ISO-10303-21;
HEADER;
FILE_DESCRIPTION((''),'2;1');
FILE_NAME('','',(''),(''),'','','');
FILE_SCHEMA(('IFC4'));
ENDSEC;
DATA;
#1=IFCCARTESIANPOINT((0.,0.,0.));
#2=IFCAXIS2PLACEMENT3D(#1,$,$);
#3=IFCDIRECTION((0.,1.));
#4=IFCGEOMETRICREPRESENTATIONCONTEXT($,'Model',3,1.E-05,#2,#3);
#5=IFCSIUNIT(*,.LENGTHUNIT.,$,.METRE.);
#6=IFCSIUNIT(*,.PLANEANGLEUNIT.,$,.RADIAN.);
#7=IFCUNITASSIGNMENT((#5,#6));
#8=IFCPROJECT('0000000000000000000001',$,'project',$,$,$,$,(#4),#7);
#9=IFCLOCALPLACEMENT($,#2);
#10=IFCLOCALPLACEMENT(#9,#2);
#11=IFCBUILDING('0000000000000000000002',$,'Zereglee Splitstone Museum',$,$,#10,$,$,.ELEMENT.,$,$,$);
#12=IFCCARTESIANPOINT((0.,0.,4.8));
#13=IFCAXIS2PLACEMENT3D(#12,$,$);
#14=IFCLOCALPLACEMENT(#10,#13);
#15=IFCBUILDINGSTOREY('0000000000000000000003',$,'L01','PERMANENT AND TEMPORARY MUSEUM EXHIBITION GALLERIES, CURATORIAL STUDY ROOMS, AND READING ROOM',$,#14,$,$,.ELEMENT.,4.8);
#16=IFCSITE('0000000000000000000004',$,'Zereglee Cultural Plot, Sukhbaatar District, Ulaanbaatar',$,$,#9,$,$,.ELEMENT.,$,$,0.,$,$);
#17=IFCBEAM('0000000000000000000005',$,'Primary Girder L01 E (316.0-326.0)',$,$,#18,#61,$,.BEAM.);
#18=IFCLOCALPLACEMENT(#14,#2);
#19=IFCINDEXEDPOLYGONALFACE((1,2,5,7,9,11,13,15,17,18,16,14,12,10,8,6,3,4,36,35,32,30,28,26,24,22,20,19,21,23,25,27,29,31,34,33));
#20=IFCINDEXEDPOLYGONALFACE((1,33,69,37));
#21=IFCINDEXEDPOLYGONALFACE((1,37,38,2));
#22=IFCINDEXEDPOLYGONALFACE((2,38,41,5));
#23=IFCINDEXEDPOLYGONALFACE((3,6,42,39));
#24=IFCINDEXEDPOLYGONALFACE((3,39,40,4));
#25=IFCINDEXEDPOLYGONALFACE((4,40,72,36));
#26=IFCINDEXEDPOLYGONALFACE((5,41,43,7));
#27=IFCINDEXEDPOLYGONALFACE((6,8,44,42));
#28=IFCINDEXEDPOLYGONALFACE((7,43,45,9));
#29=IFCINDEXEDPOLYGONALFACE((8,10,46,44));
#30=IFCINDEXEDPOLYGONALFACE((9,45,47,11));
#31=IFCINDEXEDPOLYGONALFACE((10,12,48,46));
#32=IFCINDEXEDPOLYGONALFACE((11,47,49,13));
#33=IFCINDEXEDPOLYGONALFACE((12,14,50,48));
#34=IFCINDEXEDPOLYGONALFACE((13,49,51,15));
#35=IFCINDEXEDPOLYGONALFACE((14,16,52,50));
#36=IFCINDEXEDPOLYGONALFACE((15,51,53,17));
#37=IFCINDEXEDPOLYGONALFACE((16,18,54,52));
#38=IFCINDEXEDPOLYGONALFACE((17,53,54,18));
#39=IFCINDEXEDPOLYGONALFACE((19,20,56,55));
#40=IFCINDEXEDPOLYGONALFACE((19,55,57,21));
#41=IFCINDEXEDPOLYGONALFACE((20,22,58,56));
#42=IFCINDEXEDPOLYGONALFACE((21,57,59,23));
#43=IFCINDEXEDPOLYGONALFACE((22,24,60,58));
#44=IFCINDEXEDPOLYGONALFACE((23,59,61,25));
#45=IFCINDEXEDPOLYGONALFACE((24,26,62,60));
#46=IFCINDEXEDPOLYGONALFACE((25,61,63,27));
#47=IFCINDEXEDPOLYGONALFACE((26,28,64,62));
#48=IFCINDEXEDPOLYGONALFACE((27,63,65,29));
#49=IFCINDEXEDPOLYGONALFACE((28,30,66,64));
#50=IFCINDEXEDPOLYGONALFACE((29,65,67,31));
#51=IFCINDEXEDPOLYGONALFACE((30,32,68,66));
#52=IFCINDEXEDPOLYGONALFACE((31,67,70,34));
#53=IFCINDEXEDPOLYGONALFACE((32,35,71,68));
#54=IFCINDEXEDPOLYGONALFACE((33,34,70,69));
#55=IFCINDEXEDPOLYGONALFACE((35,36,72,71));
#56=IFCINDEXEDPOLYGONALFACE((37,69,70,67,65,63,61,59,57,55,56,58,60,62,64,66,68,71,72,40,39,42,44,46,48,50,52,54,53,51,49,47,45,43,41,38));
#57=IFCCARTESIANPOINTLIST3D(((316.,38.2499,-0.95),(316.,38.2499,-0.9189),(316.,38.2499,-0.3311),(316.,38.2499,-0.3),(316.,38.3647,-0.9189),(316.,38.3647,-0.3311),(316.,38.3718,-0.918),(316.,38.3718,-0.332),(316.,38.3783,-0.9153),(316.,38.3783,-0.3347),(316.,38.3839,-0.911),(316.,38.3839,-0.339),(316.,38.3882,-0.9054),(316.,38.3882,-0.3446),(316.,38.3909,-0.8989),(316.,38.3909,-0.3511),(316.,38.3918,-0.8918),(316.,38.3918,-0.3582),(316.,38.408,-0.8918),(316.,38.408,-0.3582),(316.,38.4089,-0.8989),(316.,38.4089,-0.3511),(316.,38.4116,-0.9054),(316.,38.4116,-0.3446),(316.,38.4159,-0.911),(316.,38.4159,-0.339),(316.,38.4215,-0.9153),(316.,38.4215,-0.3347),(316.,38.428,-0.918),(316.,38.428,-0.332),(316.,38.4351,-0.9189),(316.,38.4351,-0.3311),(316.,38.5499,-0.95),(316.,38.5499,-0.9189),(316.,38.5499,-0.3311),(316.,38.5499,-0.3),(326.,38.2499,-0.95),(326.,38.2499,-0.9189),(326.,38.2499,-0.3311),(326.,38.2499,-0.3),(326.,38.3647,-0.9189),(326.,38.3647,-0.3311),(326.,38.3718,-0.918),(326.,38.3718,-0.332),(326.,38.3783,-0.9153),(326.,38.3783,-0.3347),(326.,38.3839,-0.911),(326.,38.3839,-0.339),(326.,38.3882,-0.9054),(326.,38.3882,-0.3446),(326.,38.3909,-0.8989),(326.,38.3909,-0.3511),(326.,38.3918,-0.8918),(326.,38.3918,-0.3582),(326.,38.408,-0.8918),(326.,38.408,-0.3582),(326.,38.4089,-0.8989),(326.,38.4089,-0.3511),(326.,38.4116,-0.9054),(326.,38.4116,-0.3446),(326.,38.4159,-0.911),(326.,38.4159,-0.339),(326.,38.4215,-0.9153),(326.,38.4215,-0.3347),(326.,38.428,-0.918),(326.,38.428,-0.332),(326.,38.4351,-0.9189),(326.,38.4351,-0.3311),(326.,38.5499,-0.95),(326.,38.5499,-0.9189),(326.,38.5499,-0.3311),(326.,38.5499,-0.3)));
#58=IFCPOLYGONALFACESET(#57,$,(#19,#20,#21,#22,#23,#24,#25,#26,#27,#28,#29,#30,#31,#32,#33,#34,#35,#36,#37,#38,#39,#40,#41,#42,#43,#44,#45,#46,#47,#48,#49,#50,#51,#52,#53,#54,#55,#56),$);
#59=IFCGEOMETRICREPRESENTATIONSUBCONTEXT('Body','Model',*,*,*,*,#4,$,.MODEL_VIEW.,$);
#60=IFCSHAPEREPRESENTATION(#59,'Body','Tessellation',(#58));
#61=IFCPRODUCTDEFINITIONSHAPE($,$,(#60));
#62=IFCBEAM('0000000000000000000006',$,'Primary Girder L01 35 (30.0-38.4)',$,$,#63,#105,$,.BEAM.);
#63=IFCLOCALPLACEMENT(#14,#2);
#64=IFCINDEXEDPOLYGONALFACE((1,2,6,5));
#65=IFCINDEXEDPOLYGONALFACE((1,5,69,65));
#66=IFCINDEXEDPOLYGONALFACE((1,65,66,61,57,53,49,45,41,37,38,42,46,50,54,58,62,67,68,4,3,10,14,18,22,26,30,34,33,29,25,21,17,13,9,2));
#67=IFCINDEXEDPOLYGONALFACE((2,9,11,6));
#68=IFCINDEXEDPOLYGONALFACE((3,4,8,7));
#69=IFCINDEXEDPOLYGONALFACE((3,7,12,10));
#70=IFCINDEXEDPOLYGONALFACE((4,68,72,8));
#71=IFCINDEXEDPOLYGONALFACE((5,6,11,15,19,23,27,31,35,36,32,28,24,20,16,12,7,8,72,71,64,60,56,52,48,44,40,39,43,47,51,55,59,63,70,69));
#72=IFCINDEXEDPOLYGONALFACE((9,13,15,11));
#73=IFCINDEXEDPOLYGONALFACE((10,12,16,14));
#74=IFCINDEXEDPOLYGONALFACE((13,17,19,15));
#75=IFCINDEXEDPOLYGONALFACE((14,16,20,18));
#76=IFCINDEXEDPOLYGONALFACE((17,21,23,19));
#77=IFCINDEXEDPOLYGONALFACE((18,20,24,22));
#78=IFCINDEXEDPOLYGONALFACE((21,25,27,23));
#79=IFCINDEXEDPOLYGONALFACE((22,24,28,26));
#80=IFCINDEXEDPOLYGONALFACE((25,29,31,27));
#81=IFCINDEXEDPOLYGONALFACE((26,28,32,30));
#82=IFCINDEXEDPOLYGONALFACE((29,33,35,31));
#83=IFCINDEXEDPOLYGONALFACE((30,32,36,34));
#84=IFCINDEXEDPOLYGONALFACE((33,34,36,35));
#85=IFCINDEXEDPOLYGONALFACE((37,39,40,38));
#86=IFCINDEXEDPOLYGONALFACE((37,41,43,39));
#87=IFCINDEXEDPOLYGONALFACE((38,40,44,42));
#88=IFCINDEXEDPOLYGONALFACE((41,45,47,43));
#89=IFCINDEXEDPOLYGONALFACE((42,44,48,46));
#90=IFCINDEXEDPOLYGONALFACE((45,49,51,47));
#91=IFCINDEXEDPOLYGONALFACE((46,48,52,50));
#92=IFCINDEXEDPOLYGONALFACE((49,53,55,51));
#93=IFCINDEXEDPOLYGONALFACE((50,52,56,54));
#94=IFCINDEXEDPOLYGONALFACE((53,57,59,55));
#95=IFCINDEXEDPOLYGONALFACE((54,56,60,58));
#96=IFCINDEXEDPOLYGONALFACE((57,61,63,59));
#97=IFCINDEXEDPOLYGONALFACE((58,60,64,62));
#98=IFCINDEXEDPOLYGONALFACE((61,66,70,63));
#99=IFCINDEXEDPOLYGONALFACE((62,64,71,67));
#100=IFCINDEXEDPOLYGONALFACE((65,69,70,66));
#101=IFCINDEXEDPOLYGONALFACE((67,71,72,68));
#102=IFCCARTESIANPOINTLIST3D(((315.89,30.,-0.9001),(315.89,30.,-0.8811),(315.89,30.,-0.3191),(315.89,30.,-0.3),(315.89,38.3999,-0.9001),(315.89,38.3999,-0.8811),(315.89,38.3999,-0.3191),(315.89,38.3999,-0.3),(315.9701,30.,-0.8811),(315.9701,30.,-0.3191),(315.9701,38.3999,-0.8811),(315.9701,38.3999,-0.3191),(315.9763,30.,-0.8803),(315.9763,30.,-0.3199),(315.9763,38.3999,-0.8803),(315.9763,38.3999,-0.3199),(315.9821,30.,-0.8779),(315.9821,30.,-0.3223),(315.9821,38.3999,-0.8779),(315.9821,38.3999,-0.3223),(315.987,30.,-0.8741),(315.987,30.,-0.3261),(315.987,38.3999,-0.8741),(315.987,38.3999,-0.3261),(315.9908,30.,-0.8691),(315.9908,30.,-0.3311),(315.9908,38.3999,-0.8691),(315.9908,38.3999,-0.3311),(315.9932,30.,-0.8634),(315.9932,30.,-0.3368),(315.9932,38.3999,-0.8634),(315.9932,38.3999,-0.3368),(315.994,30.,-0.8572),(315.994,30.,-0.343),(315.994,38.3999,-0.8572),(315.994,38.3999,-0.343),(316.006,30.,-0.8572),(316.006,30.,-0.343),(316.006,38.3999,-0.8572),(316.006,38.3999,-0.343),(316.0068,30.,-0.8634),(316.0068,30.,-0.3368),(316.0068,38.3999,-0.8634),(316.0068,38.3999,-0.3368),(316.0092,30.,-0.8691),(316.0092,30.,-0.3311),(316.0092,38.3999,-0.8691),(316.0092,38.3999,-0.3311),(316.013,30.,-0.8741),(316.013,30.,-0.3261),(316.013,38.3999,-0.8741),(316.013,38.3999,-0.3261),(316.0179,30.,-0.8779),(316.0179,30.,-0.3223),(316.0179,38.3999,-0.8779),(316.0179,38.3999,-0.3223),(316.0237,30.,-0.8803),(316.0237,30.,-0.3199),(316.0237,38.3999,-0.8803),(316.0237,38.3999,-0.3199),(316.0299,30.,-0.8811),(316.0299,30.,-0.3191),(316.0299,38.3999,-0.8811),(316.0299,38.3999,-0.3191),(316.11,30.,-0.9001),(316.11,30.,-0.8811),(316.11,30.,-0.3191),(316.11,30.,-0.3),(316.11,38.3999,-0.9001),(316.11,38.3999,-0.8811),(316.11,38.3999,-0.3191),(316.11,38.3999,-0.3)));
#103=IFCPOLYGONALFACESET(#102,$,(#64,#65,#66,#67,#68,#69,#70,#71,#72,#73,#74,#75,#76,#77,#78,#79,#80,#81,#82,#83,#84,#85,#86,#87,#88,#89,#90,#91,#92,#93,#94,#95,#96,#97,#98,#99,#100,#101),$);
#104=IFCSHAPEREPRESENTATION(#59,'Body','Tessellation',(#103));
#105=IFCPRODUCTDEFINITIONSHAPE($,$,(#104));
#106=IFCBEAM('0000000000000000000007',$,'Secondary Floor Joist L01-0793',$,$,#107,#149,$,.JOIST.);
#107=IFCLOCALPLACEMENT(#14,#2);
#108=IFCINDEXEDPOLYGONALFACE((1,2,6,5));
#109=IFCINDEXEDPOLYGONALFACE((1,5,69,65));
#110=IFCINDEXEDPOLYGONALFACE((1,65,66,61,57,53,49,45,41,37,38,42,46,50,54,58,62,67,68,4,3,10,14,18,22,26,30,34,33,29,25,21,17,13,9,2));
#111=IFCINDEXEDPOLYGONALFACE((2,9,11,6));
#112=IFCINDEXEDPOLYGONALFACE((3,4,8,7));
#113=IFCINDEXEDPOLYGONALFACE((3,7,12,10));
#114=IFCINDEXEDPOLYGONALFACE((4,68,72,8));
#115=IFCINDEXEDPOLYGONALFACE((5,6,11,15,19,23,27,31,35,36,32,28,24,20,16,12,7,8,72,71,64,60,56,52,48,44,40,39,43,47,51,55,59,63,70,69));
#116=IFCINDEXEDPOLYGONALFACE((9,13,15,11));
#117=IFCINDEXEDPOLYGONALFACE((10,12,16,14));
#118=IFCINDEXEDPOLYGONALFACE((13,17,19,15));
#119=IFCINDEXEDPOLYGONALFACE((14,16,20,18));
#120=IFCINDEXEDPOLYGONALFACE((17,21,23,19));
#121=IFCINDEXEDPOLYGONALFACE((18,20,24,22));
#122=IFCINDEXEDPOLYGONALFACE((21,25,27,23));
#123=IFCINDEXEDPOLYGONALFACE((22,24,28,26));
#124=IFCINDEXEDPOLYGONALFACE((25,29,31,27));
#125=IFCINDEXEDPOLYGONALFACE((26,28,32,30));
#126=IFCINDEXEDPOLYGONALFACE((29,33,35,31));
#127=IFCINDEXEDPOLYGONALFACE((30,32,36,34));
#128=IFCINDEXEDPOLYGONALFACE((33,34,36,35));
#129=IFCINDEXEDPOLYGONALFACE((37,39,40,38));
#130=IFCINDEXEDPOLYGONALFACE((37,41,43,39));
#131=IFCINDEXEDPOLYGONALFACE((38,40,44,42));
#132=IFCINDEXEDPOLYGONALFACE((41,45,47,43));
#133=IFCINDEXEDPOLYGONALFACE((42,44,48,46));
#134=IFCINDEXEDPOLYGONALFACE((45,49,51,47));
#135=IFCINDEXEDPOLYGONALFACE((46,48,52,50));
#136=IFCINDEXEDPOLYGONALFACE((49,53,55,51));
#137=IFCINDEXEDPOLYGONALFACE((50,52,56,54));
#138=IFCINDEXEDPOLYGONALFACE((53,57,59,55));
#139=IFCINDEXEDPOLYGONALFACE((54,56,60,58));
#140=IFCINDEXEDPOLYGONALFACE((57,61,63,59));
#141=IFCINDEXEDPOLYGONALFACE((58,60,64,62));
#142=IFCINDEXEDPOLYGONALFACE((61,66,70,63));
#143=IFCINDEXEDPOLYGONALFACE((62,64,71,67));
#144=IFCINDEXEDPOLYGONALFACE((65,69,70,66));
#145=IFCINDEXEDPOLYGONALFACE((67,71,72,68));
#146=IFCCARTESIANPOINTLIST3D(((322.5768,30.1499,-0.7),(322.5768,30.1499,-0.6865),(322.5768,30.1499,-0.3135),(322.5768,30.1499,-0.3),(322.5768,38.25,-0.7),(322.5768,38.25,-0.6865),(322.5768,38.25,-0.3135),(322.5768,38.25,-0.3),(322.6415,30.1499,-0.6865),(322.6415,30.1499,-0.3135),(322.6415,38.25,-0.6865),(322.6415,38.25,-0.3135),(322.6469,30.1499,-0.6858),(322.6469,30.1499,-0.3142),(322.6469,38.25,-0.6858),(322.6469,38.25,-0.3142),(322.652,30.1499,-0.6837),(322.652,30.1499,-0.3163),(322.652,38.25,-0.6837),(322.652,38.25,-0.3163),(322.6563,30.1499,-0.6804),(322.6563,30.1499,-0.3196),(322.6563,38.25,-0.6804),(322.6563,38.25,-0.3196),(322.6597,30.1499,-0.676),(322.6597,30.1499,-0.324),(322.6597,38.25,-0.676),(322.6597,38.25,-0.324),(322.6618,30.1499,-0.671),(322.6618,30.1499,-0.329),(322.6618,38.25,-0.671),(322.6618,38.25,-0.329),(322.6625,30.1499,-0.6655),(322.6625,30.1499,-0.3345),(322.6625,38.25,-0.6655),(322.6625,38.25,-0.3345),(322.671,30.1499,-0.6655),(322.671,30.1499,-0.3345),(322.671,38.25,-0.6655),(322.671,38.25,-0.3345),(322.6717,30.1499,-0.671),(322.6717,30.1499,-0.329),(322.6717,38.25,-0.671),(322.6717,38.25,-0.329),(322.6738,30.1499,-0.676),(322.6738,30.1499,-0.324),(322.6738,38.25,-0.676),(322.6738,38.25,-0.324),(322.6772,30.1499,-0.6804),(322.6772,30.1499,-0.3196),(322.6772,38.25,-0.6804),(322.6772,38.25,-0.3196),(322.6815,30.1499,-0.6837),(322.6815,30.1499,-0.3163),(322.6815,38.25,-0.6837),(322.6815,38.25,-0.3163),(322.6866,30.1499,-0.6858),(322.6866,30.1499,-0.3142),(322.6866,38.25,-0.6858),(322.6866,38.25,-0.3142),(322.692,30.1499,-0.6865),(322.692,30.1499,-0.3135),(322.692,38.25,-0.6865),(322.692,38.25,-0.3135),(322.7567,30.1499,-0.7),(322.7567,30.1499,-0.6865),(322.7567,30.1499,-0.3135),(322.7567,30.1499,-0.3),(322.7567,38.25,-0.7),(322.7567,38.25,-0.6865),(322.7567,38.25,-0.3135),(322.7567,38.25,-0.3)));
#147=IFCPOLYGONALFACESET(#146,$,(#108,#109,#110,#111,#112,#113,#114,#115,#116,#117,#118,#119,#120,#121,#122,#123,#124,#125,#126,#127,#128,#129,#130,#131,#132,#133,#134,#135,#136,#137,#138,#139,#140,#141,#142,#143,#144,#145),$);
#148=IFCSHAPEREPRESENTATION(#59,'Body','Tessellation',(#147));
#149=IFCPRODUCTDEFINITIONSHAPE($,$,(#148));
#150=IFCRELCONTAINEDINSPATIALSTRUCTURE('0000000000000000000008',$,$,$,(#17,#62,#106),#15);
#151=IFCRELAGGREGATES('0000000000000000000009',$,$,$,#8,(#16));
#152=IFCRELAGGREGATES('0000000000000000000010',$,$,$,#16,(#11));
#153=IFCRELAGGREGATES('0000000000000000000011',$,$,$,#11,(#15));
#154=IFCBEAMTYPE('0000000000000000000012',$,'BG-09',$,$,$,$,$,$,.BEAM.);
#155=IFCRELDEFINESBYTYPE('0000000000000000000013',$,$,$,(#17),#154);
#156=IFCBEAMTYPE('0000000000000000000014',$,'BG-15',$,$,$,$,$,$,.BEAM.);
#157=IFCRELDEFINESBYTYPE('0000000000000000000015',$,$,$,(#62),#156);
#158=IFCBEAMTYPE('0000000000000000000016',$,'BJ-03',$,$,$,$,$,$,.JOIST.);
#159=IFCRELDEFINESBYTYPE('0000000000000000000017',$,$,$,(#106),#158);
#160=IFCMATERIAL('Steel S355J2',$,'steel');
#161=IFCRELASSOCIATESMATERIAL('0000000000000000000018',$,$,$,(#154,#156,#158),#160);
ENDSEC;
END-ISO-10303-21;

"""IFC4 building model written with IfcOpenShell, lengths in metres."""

from ifc_helpers import new_model, si_unit, direction, frame, origin, origin_2d, place, context, subcontext, project, spatial, i_section, extrude, material, material_profile, profile_set, type_object, element, save


model = new_model("IFC4")

# Units and contexts
model_context = context("Model", 3, precision=1e-05, world=origin(), true_north=direction((0.0, 1.0)))
body_context = subcontext(model_context, "Body", "Model", "MODEL_VIEW")
ifc_project = project(units=[si_unit("LENGTHUNIT", "METRE"), si_unit("PLANEANGLEUNIT", "RADIAN")], contexts=[model_context])

# Site, building, storey
site_placement = place(None, origin())
site = spatial("IfcSite", under=ifc_project, at=site_placement, Name="Zereglee Cultural Plot, Sukhbaatar District, Ulaanbaatar", CompositionType="ELEMENT", RefElevation=0.0)
building_placement = place(site_placement, origin())
building = spatial("IfcBuilding", under=site, at=building_placement, Name="Zereglee Splitstone Museum", CompositionType="ELEMENT")
storey_placement = place(building_placement, frame((0.0, 0.0, 4.8)))
storey = spatial("IfcBuildingStorey", under=building, at=storey_placement, Name="L01", Description="PERMANENT AND TEMPORARY MUSEUM EXHIBITION GALLERIES, CURATORIAL STUDY ROOMS, AND READING ROOM", CompositionType="ELEMENT", Elevation=4.8)

# Shared definitions
ifc_material_1 = material(Name="Steel S355J2", Category="steel")

# Beams
ifc_material_profile_1 = material_profile(ifc_material_1, i_section(OverallWidth=0.3, OverallDepth=0.6499, WebThickness=0.0161, FlangeThickness=0.031, FilletRadius=0.0271, at=origin_2d()), Name="HE 650 B")
ifc_profile_set_1 = profile_set([ifc_material_profile_1], Name="Steel S355J2")
beam_type_1 = type_object("IfcBeamType", Name="BG-09", PredefinedType="BEAM", material=ifc_profile_set_1)
beam_1_placement = place(storey_placement, frame((316.0, 38.3999, -0.625), z_axis=(1.0, 0.0, 0.0), x_axis=(0.0, 1.0, 0.0)))
element("IfcBeam", 1, at=beam_1_placement, inside=storey, type_object=beam_type_1, Name="Primary Girder L01 E (316.0-326.0)", PredefinedType="BEAM", context=body_context, shape_type="SweptSolid", body=[
    extrude(i_section(OverallWidth=0.3, OverallDepth=0.6499, WebThickness=0.0161, FlangeThickness=0.031, FilletRadius=0.0271, at=origin_2d()), origin(), (0.0, 0.0, 1.0), 10.0),
])
ifc_material_profile_2 = material_profile(ifc_material_1, i_section(OverallWidth=0.22, OverallDepth=0.6001, WebThickness=0.012, FlangeThickness=0.019, FilletRadius=0.0239, at=origin_2d()), Name="IPE 600")
ifc_profile_set_2 = profile_set([ifc_material_profile_2], Name="Steel S355J2")
beam_type_2 = type_object("IfcBeamType", Name="BG-15", PredefinedType="BEAM", material=ifc_profile_set_2)
beam_2_placement = place(storey_placement, frame((316.0, 30.0, -0.6001), z_axis=(0.0, 1.0, 0.0), x_axis=(-1.0, 0.0, 0.0)))
element("IfcBeam", 2, at=beam_2_placement, inside=storey, type_object=beam_type_2, Name="Primary Girder L01 35 (30.0-38.4)", PredefinedType="BEAM", context=body_context, shape_type="SweptSolid", body=[
    extrude(i_section(OverallWidth=0.22, OverallDepth=0.6001, WebThickness=0.012, FlangeThickness=0.019, FilletRadius=0.0239, at=origin_2d()), origin(), (0.0, 0.0, 1.0), 8.3999),
])
ifc_material_profile_3 = material_profile(ifc_material_1, i_section(OverallWidth=0.1799, OverallDepth=0.3999, WebThickness=0.0085, FlangeThickness=0.0134, FilletRadius=0.021, at=origin_2d()), Name="IPE 400")
ifc_profile_set_3 = profile_set([ifc_material_profile_3], Name="Steel S355J2")
beam_type_3 = type_object("IfcBeamType", Name="BJ-03", PredefinedType="JOIST", material=ifc_profile_set_3)
beam_3_placement = place(storey_placement, frame((322.6667, 30.1499, -0.5), z_axis=(0.0, 1.0, 0.0), x_axis=(-1.0, 0.0, 0.0)))
element("IfcBeam", 3, at=beam_3_placement, inside=storey, type_object=beam_type_3, Name="Secondary Floor Joist L01-0793", PredefinedType="JOIST", context=body_context, shape_type="SweptSolid", body=[
    extrude(i_section(OverallWidth=0.1799, OverallDepth=0.3999, WebThickness=0.0085, FlangeThickness=0.0134, FilletRadius=0.021, at=origin_2d()), origin(), (0.0, 0.0, 1.0), 8.1001),
])

save(model, "model.ifc")
